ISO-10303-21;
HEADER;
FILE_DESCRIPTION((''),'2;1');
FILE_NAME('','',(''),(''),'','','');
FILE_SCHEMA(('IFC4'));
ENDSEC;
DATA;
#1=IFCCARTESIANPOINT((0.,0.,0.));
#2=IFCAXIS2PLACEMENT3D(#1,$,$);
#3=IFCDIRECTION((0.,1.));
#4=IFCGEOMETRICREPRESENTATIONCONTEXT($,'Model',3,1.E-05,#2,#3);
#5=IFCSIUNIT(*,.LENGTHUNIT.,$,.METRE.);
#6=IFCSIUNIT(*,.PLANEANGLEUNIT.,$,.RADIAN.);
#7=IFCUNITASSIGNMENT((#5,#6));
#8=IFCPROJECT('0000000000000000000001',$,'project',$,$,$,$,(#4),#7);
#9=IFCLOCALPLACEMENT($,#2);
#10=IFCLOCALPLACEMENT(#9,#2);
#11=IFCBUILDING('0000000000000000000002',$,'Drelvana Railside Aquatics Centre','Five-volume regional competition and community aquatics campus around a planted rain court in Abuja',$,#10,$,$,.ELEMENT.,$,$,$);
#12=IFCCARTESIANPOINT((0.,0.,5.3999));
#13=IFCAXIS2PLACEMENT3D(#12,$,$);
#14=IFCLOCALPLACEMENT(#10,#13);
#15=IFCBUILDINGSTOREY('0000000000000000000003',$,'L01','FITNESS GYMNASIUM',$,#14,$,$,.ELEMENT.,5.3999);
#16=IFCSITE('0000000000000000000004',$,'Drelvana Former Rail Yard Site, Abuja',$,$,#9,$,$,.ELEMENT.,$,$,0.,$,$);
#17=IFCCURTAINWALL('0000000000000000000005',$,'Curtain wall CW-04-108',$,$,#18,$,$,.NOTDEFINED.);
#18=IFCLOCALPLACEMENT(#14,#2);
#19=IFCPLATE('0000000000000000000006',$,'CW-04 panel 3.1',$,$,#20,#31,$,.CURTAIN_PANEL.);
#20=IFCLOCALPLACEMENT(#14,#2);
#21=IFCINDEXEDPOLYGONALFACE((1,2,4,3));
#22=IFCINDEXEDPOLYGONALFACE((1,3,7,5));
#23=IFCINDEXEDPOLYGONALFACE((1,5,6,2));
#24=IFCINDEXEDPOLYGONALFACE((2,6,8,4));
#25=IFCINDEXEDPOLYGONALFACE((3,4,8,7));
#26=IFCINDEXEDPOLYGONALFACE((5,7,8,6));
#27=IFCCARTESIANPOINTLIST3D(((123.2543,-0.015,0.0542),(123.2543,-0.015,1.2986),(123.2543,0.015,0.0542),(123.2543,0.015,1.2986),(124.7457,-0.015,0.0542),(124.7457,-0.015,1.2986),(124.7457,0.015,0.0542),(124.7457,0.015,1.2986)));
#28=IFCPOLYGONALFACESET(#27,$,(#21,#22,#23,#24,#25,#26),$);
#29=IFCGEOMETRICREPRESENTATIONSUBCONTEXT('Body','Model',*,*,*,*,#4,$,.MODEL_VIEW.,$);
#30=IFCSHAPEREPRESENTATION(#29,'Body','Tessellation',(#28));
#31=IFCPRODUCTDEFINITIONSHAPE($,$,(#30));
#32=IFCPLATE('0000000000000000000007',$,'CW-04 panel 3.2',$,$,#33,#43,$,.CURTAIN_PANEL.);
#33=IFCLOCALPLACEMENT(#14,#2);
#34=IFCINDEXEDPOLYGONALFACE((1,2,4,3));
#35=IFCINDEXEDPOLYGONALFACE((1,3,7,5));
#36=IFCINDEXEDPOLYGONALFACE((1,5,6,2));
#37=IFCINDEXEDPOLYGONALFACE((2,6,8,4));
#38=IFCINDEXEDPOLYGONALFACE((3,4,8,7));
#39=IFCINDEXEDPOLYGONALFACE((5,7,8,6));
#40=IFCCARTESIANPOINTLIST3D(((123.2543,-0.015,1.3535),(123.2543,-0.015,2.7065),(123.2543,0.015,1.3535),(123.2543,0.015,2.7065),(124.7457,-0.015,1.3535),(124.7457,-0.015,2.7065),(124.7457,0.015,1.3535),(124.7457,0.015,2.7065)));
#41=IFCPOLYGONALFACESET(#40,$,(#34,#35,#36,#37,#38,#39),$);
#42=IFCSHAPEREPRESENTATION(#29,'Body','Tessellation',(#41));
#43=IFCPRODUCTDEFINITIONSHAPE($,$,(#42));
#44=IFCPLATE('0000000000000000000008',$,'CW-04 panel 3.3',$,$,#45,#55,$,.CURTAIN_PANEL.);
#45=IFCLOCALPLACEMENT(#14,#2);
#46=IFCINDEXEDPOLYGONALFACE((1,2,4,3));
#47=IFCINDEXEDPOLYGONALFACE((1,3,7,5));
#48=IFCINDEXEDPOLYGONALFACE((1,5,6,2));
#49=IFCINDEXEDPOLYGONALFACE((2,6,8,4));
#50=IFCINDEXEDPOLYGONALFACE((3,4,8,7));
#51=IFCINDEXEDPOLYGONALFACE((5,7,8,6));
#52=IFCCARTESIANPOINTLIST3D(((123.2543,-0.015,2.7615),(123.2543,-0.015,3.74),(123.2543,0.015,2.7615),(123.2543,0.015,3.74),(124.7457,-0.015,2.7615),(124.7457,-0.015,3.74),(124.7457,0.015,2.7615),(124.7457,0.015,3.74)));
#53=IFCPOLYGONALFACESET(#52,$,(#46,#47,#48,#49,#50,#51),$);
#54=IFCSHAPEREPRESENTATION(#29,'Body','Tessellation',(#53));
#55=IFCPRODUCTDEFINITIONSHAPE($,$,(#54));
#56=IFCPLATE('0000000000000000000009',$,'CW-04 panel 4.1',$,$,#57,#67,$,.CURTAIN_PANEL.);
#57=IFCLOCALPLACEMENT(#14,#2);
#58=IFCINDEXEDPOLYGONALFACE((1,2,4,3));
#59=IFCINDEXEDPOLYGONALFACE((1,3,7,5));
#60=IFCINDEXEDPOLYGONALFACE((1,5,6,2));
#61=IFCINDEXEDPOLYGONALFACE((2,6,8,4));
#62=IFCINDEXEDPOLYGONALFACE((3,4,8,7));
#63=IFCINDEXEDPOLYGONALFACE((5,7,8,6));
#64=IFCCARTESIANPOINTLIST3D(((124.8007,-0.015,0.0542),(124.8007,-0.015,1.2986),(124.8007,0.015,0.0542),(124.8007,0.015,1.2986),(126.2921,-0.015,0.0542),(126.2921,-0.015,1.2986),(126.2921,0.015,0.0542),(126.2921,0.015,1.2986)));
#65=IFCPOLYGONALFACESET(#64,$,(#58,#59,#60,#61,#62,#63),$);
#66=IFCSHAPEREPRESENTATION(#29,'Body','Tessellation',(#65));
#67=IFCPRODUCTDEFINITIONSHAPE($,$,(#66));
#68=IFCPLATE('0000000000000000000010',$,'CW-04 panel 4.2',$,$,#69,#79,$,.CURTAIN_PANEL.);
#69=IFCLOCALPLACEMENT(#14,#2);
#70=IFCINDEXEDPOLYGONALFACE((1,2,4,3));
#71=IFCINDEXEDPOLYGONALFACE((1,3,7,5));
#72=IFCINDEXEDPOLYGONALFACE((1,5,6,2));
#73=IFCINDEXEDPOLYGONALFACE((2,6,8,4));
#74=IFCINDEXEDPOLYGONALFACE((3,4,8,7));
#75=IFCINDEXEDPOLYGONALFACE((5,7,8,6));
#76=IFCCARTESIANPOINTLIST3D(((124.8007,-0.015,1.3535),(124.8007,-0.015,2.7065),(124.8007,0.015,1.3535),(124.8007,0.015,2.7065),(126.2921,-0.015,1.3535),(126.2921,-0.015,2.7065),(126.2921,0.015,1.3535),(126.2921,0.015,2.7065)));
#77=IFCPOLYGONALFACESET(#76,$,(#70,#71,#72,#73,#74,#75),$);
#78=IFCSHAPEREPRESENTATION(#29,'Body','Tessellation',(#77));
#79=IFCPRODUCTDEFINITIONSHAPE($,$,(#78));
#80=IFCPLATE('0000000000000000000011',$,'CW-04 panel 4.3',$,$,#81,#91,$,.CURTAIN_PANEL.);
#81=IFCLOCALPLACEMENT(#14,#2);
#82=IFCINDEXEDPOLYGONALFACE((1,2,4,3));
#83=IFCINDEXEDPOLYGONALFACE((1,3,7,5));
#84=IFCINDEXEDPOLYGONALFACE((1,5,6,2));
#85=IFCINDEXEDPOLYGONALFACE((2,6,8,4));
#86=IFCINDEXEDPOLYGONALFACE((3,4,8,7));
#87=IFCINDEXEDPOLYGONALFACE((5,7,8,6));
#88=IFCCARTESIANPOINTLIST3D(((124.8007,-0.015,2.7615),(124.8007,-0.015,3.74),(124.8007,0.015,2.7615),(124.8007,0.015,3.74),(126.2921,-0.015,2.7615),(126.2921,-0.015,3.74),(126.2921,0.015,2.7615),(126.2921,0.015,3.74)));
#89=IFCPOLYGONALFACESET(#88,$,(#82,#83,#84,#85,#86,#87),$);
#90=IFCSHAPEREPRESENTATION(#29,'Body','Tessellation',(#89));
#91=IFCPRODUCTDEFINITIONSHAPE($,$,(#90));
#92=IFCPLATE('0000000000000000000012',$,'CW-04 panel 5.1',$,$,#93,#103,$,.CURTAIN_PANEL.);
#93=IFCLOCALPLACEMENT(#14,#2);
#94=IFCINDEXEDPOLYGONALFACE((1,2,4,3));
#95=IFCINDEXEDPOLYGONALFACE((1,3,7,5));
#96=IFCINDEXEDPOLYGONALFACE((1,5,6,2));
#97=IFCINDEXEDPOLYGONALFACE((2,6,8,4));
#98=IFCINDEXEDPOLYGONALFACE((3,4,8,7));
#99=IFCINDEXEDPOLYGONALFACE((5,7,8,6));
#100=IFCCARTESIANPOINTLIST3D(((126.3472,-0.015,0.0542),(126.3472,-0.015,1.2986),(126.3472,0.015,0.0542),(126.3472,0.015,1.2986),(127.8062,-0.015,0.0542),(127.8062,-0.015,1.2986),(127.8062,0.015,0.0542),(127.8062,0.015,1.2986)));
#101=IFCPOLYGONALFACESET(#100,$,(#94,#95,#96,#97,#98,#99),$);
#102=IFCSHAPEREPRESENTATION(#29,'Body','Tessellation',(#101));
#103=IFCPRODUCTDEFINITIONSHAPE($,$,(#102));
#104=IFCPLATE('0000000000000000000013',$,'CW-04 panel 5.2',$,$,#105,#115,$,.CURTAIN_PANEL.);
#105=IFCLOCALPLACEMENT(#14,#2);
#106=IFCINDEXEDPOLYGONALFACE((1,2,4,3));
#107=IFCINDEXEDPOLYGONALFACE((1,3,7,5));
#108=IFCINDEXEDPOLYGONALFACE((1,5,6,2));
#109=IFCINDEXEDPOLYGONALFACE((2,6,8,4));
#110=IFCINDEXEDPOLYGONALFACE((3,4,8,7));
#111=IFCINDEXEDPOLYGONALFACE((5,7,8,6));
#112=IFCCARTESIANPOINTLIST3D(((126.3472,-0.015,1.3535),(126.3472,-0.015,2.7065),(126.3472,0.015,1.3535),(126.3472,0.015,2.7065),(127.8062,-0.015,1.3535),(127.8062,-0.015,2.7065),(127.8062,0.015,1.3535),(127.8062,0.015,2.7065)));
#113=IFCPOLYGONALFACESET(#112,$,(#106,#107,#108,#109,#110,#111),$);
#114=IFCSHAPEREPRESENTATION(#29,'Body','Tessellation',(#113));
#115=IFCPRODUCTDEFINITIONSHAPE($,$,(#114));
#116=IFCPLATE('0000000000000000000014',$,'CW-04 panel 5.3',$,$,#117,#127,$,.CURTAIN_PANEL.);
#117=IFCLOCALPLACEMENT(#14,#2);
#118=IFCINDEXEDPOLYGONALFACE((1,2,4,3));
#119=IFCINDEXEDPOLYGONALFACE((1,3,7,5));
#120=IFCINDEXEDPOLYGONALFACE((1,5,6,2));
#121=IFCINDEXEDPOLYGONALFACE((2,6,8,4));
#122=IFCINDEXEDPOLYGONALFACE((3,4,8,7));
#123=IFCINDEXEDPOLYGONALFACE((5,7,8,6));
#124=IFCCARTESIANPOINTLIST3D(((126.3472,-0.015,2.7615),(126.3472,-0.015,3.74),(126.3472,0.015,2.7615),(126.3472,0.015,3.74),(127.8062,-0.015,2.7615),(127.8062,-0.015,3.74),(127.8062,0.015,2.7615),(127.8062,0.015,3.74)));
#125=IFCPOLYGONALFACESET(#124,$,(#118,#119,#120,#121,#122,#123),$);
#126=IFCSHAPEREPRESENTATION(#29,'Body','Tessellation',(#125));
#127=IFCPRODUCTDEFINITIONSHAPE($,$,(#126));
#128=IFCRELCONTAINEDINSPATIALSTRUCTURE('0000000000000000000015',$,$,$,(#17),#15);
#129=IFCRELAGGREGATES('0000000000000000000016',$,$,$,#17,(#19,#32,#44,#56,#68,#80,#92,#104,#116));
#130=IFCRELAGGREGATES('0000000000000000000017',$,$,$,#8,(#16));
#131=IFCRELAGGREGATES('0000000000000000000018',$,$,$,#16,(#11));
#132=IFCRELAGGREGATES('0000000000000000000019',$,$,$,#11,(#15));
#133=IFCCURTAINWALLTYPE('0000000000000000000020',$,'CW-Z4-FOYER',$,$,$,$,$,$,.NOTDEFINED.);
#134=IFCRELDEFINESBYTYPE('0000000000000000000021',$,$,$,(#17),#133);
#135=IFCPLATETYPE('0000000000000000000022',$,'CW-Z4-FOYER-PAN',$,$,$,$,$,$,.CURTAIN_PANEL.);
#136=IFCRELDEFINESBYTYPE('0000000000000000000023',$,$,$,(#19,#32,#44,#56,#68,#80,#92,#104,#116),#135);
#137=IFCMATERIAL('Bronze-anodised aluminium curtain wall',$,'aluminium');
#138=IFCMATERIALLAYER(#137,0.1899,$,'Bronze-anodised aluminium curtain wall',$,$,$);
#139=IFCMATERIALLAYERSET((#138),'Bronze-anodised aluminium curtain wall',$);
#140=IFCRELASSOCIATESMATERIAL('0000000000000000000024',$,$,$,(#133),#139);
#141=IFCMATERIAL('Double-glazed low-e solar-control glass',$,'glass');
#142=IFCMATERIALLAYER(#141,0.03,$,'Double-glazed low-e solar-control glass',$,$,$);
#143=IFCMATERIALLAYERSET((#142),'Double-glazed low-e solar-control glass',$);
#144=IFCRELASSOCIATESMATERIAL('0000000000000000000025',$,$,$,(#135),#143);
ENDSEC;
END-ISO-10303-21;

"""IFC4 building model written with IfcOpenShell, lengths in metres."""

from ifc_helpers import new_model, si_unit, direction, frame, origin, origin_2d, place, context, subcontext, project, spatial, rectangle, extrude, material, layer, layer_set, type_object, element, aggregate, save


model = new_model("IFC4")

# Units and contexts
model_context = context("Model", 3, precision=1e-05, world=origin(), true_north=direction((0.0, 1.0)))
body_context = subcontext(model_context, "Body", "Model", "MODEL_VIEW")
ifc_project = project(units=[si_unit("LENGTHUNIT", "METRE"), si_unit("PLANEANGLEUNIT", "RADIAN")], contexts=[model_context])

# Site, building, storey
site_placement = place(None, origin())
site = spatial("IfcSite", under=ifc_project, at=site_placement, Name="Drelvana Former Rail Yard Site, Abuja", CompositionType="ELEMENT", RefElevation=0.0)
building_placement = place(site_placement, origin())
building = spatial("IfcBuilding", under=site, at=building_placement, Name="Drelvana Railside Aquatics Centre", Description="Five-volume regional competition and community aquatics campus around a planted rain court in Abuja", CompositionType="ELEMENT")
storey_placement = place(building_placement, frame((0.0, 0.0, 5.3999)))
storey = spatial("IfcBuildingStorey", under=building, at=storey_placement, Name="L01", Description="FITNESS GYMNASIUM", CompositionType="ELEMENT", Elevation=5.3999)

# Curtain wall
ifc_material_1 = material(Name="Bronze-anodised aluminium curtain wall", Category="aluminium")
ifc_layer_1 = layer(ifc_material_1, 0.1899, Name="Bronze-anodised aluminium curtain wall")
ifc_layer_set_1 = layer_set([ifc_layer_1], Name="Bronze-anodised aluminium curtain wall")
curtain_wall_type = type_object("IfcCurtainWallType", Name="CW-Z4-FOYER", PredefinedType="NOTDEFINED", material=ifc_layer_set_1)
curtain_wall_placement = place(storey_placement, origin())
curtain_wall = element("IfcCurtainWall", 1, at=curtain_wall_placement, inside=storey, type_object=curtain_wall_type, Name="Curtain wall CW-04-108", PredefinedType="NOTDEFINED")

# Plates
ifc_material_2 = material(Name="Double-glazed low-e solar-control glass", Category="glass")
ifc_layer_2 = layer(ifc_material_2, 0.03, Name="Double-glazed low-e solar-control glass")
ifc_layer_set_2 = layer_set([ifc_layer_2], Name="Double-glazed low-e solar-control glass")
plate_type = type_object("IfcPlateType", Name="CW-Z4-FOYER-PAN", PredefinedType="CURTAIN_PANEL", material=ifc_layer_set_2)
plate_1_placement = place(storey_placement, frame((124.0, 0.0, 0.0542), z_axis=(0.0, 0.0, 1.0), x_axis=(1.0, 0.0, 0.0)))
plate_1 = element("IfcPlate", 2, at=plate_1_placement, type_object=plate_type, Name="CW-04 panel 3.1", PredefinedType="CURTAIN_PANEL", context=body_context, shape_type="SweptSolid", body=[
    extrude(rectangle(XDim=1.4915, YDim=0.03, at=origin_2d()), origin(), (0.0, 0.0, 1.0), 1.2444),
])
plate_2_placement = place(storey_placement, frame((124.0, 0.0, 1.3535), z_axis=(0.0, 0.0, 1.0), x_axis=(1.0, 0.0, 0.0)))
plate_2 = element("IfcPlate", 3, at=plate_2_placement, type_object=plate_type, Name="CW-04 panel 3.2", PredefinedType="CURTAIN_PANEL", context=body_context, shape_type="SweptSolid", body=[
    extrude(rectangle(XDim=1.4915, YDim=0.03, at=origin_2d()), origin(), (0.0, 0.0, 1.0), 1.353),
])
plate_3_placement = place(storey_placement, frame((124.0, 0.0, 2.7615), z_axis=(0.0, 0.0, 1.0), x_axis=(1.0, 0.0, 0.0)))
plate_3 = element("IfcPlate", 4, at=plate_3_placement, type_object=plate_type, Name="CW-04 panel 3.3", PredefinedType="CURTAIN_PANEL", context=body_context, shape_type="SweptSolid", body=[
    extrude(rectangle(XDim=1.4915, YDim=0.03, at=origin_2d()), origin(), (0.0, 0.0, 1.0), 0.9785),
])
plate_4_placement = place(storey_placement, frame((125.5464, 0.0, 0.0542), z_axis=(0.0, 0.0, 1.0), x_axis=(1.0, 0.0, 0.0)))
plate_4 = element("IfcPlate", 5, at=plate_4_placement, type_object=plate_type, Name="CW-04 panel 4.1", PredefinedType="CURTAIN_PANEL", context=body_context, shape_type="SweptSolid", body=[
    extrude(rectangle(XDim=1.4915, YDim=0.03, at=origin_2d()), origin(), (0.0, 0.0, 1.0), 1.2444),
])
plate_5_placement = place(storey_placement, frame((125.5464, 0.0, 1.3535), z_axis=(0.0, 0.0, 1.0), x_axis=(1.0, 0.0, 0.0)))
plate_5 = element("IfcPlate", 6, at=plate_5_placement, type_object=plate_type, Name="CW-04 panel 4.2", PredefinedType="CURTAIN_PANEL", context=body_context, shape_type="SweptSolid", body=[
    extrude(rectangle(XDim=1.4915, YDim=0.03, at=origin_2d()), origin(), (0.0, 0.0, 1.0), 1.353),
])
plate_6_placement = place(storey_placement, frame((125.5464, 0.0, 2.7615), z_axis=(0.0, 0.0, 1.0), x_axis=(1.0, 0.0, 0.0)))
plate_6 = element("IfcPlate", 7, at=plate_6_placement, type_object=plate_type, Name="CW-04 panel 4.3", PredefinedType="CURTAIN_PANEL", context=body_context, shape_type="SweptSolid", body=[
    extrude(rectangle(XDim=1.4915, YDim=0.03, at=origin_2d()), origin(), (0.0, 0.0, 1.0), 0.9785),
])
plate_7_placement = place(storey_placement, frame((127.0767, 0.0, 0.0542), z_axis=(0.0, 0.0, 1.0), x_axis=(1.0, 0.0, 0.0)))
plate_7 = element("IfcPlate", 8, at=plate_7_placement, type_object=plate_type, Name="CW-04 panel 5.1", PredefinedType="CURTAIN_PANEL", context=body_context, shape_type="SweptSolid", body=[
    extrude(rectangle(XDim=1.459, YDim=0.03, at=origin_2d()), origin(), (0.0, 0.0, 1.0), 1.2444),
])
plate_8_placement = place(storey_placement, frame((127.0767, 0.0, 1.3535), z_axis=(0.0, 0.0, 1.0), x_axis=(1.0, 0.0, 0.0)))
plate_8 = element("IfcPlate", 9, at=plate_8_placement, type_object=plate_type, Name="CW-04 panel 5.2", PredefinedType="CURTAIN_PANEL", context=body_context, shape_type="SweptSolid", body=[
    extrude(rectangle(XDim=1.459, YDim=0.03, at=origin_2d()), origin(), (0.0, 0.0, 1.0), 1.353),
])
plate_9_placement = place(storey_placement, frame((127.0767, 0.0, 2.7615), z_axis=(0.0, 0.0, 1.0), x_axis=(1.0, 0.0, 0.0)))
plate_9 = element("IfcPlate", 10, at=plate_9_placement, type_object=plate_type, Name="CW-04 panel 5.3", PredefinedType="CURTAIN_PANEL", context=body_context, shape_type="SweptSolid", body=[
    extrude(rectangle(XDim=1.459, YDim=0.03, at=origin_2d()), origin(), (0.0, 0.0, 1.0), 0.9785),
])
aggregate(curtain_wall, [plate_1, plate_2, plate_3, plate_4, plate_5, plate_6, plate_7, plate_8, plate_9])

save(model, "model.ifc")
